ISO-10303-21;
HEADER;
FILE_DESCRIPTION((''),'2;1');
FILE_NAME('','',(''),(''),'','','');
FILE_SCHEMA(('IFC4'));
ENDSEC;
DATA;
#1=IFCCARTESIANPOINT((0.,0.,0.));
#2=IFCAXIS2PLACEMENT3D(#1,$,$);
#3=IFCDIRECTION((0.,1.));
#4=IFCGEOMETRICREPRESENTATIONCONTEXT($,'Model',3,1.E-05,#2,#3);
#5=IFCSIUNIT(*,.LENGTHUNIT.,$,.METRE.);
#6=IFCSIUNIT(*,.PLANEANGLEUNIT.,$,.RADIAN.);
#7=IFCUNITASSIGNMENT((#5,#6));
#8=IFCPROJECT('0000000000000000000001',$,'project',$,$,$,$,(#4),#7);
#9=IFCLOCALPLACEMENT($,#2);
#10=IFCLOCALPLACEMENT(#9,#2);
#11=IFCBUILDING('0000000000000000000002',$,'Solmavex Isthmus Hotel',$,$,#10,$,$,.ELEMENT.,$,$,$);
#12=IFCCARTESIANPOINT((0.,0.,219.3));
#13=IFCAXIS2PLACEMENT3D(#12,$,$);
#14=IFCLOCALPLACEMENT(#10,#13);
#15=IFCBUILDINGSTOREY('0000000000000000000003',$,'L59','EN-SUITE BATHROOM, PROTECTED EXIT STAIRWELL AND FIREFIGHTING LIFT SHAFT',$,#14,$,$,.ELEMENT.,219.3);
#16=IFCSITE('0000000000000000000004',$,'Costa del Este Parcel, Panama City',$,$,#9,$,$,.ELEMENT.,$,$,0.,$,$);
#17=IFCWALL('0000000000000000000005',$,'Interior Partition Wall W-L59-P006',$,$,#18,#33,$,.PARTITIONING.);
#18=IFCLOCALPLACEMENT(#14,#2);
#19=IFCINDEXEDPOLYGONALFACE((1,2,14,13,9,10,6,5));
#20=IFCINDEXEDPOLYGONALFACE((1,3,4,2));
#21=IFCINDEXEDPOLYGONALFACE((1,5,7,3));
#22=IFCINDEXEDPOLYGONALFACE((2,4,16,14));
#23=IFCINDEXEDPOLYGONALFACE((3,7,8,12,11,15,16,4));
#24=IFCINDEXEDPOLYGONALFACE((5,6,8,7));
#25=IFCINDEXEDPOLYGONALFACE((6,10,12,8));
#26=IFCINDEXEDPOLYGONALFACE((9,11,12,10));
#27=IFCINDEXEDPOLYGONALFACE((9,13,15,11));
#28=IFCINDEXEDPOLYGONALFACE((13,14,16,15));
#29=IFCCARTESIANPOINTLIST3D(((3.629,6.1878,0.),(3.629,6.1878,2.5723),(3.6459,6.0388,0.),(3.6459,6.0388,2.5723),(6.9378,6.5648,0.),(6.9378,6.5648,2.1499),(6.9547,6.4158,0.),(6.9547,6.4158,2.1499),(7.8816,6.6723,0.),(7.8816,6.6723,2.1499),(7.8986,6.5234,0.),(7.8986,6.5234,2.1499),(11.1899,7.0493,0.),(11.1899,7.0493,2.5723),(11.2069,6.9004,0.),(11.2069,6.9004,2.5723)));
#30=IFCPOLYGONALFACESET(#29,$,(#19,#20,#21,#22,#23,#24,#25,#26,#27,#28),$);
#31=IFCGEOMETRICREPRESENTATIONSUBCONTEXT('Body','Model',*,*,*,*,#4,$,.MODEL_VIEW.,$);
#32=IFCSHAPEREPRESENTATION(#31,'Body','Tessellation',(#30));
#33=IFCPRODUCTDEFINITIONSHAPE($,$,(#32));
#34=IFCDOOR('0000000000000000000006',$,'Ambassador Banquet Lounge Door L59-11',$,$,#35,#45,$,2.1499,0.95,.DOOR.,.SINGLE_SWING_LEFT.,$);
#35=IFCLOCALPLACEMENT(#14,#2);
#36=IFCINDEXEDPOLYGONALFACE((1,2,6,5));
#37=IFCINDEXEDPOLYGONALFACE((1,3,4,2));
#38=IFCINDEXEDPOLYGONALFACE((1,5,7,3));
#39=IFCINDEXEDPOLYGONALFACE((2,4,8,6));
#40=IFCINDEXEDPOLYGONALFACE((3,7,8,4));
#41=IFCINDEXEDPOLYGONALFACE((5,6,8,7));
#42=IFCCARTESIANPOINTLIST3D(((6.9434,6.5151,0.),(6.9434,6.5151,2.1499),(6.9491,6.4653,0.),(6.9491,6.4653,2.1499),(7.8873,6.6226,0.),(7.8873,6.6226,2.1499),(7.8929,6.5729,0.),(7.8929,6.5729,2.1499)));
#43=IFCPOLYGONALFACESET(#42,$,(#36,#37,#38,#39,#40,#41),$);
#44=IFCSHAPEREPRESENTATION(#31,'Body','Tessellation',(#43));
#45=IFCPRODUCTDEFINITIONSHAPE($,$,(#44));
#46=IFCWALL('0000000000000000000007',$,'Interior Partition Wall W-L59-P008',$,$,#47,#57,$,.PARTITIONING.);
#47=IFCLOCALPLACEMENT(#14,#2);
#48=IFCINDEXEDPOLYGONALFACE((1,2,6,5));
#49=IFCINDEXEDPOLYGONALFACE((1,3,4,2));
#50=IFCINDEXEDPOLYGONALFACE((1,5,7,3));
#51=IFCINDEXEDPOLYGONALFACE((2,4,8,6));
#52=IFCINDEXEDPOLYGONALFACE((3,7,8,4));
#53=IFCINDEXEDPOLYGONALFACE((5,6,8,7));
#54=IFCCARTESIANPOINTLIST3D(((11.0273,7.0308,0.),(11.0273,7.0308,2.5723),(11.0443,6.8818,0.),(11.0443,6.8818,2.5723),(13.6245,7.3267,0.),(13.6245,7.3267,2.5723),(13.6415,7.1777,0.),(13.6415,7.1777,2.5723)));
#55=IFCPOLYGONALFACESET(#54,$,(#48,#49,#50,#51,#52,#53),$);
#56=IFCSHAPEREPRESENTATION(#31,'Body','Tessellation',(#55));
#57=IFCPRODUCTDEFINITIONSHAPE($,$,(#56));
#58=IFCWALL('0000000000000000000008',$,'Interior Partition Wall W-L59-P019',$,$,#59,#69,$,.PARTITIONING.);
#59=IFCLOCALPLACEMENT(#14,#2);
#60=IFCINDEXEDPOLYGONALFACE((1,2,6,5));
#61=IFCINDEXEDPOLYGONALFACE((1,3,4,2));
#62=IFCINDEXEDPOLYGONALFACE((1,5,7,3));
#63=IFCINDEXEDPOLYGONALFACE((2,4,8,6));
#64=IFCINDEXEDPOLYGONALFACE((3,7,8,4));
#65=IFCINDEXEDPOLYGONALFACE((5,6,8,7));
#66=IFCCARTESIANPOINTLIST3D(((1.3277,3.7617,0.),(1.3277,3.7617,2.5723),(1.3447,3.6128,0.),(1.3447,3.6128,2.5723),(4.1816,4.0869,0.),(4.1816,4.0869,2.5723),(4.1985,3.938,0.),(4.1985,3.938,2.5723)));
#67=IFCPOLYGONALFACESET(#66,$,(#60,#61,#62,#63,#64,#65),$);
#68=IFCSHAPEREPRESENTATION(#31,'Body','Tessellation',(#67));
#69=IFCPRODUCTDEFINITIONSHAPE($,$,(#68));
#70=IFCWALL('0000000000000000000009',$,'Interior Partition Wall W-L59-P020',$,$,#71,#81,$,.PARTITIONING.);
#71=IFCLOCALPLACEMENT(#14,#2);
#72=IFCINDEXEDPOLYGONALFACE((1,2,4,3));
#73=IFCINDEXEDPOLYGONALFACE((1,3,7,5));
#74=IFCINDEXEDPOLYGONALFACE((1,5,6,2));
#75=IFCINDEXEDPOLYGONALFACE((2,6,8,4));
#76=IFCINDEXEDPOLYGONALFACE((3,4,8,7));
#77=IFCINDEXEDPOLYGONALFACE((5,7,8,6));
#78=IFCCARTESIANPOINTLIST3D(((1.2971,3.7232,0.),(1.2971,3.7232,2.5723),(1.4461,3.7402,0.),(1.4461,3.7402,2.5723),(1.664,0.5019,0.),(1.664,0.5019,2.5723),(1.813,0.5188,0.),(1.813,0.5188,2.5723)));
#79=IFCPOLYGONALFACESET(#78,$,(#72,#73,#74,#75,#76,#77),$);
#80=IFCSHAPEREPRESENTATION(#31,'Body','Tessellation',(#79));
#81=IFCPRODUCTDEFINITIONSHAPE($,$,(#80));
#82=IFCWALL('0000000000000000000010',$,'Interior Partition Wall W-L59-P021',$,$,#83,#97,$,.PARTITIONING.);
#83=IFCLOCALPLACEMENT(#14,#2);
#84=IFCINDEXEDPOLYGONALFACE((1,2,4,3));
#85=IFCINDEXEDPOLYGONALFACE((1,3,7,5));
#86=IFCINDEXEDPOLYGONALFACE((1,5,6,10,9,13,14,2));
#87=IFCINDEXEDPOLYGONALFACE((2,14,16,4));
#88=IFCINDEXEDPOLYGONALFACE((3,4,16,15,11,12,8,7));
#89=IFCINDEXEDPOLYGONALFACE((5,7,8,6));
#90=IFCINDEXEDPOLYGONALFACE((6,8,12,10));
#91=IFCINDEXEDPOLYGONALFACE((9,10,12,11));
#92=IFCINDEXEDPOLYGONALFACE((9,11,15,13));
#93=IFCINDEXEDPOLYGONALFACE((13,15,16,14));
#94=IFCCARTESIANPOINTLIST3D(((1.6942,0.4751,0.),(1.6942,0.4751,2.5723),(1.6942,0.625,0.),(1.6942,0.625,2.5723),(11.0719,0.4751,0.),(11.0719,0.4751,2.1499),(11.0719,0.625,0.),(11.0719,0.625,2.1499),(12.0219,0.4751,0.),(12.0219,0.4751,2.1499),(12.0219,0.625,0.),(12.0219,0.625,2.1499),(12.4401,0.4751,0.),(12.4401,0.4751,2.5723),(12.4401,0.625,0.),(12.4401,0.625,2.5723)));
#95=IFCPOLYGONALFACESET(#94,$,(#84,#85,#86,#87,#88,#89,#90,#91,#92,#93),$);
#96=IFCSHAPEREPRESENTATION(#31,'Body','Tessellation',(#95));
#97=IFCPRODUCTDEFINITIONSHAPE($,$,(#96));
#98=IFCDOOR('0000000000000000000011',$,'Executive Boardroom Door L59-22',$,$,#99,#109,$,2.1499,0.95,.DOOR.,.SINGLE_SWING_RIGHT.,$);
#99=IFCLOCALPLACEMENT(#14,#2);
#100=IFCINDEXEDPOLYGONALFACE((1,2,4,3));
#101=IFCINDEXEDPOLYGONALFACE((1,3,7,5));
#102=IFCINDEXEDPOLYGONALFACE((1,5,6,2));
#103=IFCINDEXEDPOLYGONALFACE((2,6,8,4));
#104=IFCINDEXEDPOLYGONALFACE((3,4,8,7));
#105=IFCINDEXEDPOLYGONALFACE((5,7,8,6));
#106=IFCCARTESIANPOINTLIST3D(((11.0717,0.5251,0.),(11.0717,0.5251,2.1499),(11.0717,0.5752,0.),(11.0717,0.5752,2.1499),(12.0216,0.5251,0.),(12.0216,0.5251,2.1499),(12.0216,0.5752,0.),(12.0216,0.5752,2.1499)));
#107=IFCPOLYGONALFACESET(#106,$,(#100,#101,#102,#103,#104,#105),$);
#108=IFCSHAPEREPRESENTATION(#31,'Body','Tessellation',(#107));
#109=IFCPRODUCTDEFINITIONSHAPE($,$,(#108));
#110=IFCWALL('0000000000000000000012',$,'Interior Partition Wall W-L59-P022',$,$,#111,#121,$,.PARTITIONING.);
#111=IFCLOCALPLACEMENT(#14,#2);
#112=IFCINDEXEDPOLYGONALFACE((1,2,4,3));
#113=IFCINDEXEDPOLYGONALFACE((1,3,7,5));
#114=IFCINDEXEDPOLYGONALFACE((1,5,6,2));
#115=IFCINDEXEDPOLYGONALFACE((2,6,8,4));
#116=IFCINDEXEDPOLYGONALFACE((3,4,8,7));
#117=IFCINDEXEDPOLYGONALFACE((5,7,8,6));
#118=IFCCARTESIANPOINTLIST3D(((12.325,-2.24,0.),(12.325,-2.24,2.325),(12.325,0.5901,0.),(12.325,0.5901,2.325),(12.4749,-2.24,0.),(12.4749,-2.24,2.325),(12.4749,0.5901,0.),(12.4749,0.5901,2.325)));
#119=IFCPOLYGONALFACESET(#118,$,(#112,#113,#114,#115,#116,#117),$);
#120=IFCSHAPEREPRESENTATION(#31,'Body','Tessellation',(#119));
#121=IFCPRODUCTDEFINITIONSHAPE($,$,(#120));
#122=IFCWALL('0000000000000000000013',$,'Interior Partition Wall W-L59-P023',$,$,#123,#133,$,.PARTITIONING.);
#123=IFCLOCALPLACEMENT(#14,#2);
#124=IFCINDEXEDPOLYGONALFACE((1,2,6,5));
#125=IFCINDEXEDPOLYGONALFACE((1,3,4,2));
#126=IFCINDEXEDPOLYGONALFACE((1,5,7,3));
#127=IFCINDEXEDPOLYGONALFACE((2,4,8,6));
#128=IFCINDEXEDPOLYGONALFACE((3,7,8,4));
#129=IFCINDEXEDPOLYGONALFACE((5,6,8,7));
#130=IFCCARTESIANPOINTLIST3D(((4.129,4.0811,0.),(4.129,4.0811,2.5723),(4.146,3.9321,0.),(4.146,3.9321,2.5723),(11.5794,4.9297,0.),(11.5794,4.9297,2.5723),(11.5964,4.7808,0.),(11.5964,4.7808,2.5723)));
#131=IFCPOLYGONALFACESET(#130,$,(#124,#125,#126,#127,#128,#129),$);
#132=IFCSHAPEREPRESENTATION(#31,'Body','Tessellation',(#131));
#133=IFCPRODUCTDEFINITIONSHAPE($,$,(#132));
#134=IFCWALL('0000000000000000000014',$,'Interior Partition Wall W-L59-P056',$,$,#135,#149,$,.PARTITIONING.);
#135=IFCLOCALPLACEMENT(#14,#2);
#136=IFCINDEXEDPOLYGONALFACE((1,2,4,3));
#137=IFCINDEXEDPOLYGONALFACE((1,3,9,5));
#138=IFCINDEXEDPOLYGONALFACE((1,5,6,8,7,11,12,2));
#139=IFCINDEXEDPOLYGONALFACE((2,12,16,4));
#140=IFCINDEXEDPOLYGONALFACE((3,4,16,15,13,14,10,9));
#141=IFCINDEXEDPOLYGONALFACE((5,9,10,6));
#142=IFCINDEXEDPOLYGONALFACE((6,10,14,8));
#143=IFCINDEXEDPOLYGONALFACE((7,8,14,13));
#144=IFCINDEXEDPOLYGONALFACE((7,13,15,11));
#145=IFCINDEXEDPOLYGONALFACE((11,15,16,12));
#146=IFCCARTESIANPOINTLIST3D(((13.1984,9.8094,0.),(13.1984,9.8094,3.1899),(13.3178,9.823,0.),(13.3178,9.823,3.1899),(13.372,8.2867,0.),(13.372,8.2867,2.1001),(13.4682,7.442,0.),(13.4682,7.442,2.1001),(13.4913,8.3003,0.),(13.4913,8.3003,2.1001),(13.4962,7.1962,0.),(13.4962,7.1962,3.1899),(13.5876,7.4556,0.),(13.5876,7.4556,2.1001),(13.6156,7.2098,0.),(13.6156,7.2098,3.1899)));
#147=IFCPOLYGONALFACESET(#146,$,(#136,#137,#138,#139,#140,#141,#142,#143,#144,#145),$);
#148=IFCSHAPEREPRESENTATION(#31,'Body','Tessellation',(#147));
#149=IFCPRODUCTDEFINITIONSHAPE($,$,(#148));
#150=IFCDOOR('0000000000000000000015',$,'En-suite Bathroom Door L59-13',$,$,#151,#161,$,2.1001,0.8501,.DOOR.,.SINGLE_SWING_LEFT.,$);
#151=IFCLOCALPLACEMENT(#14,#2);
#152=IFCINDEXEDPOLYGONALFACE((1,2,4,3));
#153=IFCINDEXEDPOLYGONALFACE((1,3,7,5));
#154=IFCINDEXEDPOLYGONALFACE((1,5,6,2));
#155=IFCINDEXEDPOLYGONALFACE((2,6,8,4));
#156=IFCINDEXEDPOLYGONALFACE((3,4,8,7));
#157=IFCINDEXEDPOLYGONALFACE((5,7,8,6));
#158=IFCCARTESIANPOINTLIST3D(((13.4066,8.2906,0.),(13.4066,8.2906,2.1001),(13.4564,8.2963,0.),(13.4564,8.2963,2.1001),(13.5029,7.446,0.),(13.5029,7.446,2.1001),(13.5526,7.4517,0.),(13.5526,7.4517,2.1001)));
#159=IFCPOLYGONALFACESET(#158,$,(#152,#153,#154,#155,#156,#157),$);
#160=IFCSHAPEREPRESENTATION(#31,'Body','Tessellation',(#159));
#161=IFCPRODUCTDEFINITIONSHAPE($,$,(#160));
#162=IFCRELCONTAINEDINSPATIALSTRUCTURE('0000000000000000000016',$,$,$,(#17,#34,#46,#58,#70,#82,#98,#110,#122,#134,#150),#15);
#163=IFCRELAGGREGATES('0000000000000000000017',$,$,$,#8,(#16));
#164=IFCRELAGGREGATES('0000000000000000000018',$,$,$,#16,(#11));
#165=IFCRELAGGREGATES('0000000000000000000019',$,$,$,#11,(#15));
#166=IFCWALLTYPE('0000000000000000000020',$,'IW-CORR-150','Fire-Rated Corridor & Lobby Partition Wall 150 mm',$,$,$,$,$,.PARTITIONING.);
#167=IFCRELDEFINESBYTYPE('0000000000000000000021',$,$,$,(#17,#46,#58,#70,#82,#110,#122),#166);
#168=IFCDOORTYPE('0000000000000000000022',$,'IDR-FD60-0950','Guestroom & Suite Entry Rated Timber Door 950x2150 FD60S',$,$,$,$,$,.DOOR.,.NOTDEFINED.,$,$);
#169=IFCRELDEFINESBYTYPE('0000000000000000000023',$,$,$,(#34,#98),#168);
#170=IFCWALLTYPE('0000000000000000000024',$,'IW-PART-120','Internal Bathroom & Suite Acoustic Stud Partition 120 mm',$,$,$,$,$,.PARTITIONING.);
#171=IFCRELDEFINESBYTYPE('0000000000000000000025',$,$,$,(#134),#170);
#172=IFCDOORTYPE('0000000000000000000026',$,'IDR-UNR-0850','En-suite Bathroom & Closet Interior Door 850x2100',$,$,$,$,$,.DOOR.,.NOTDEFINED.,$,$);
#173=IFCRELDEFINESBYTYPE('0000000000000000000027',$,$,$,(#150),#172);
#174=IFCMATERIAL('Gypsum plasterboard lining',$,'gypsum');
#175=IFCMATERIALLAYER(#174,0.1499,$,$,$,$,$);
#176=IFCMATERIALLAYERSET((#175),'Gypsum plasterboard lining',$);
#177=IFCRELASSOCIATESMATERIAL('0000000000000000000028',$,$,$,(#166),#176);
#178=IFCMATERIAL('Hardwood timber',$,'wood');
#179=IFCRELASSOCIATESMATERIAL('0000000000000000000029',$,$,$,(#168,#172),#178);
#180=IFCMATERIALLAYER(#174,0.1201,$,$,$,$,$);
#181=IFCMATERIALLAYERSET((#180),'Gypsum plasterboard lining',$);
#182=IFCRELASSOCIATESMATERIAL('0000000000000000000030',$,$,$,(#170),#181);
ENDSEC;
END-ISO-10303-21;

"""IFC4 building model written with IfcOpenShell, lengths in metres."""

from ifc_helpers import new_model, si_unit, direction, frame, frame_2d, origin, place, context, subcontext, project, spatial, rectangle, extrude, material, layer, layer_set, type_object, element, fill, save


model = new_model("IFC4")

# Units and contexts
model_context = context("Model", 3, precision=1e-05, world=origin(), true_north=direction((0.0, 1.0)))
body_context = subcontext(model_context, "Body", "Model", "MODEL_VIEW")
ifc_project = project(units=[si_unit("LENGTHUNIT", "METRE"), si_unit("PLANEANGLEUNIT", "RADIAN")], contexts=[model_context])

# Site, building, storey
site_placement = place(None, origin())
site = spatial("IfcSite", under=ifc_project, at=site_placement, Name="Costa del Este Parcel, Panama City", CompositionType="ELEMENT", RefElevation=0.0)
building_placement = place(site_placement, origin())
building = spatial("IfcBuilding", under=site, at=building_placement, Name="Solmavex Isthmus Hotel", CompositionType="ELEMENT")
storey_placement = place(building_placement, frame((0.0, 0.0, 219.3)))
storey = spatial("IfcBuildingStorey", under=building, at=storey_placement, Name="L59", Description="EN-SUITE BATHROOM, PROTECTED EXIT STAIRWELL AND FIREFIGHTING LIFT SHAFT", CompositionType="ELEMENT", Elevation=219.3)

# Wall, opening, door
ifc_material_1 = material(Name="Gypsum plasterboard lining", Category="gypsum")
ifc_layer_1 = layer(ifc_material_1, 0.1499)
ifc_layer_set_1 = layer_set([ifc_layer_1], Name="Gypsum plasterboard lining")
wall_type_1 = type_object("IfcWallType", Name="IW-CORR-150", Description="Fire-Rated Corridor & Lobby Partition Wall 150 mm", PredefinedType="PARTITIONING", material=ifc_layer_set_1)
wall_1_placement = place(storey_placement, frame((3.6375, 6.1133, 0.0), z_axis=(0.0, 0.0, 1.0), x_axis=(0.99357, 0.113216, 0.0)))
wall_1 = element("IfcWall", 1, at=wall_1_placement, inside=storey, type_object=wall_type_1, Name="Interior Partition Wall W-L59-P006", PredefinedType="PARTITIONING", context=body_context, shape_type="SweptSolid", body=[
    extrude(rectangle(XDim=7.6099, YDim=0.1499, at=frame_2d((3.8049, 0.0))), origin(), (0.0, 0.0, 1.0), 2.5723),
])
opening_1_placement = place(wall_1_placement, frame((3.3301, 0.0, 0.0)))
opening_1 = element("IfcOpeningElement", 2, at=opening_1_placement, cuts=wall_1, PredefinedType="OPENING", context=body_context, shape_type="SweptSolid", body=[
    extrude(rectangle(XDim=0.95, YDim=2.1499, at=frame_2d((0.4751, 1.075))), frame((0.0, 0.085, 0.0), z_axis=(0.0, -1.0, 0.0), x_axis=(1.0, 0.0, 0.0)), (0.0, 0.0, 1.0), 0.1699),
])
ifc_material_2 = material(Name="Hardwood timber", Category="wood")
door_type_1 = type_object("IfcDoorType", Name="IDR-FD60-0950", Description="Guestroom & Suite Entry Rated Timber Door 950x2150 FD60S", OperationType="NOTDEFINED", PredefinedType="DOOR", material=ifc_material_2)
door_1_placement = place(opening_1_placement, origin())
door_1 = element("IfcDoor", 3, at=door_1_placement, inside=storey, type_object=door_type_1, Name="Ambassador Banquet Lounge Door L59-11", OperationType="SINGLE_SWING_LEFT", OverallHeight=2.1499, OverallWidth=0.95, PredefinedType="DOOR", context=body_context, shape_type="SweptSolid", body=[
    extrude(rectangle(XDim=0.95, YDim=2.1499, at=frame_2d((0.4751, 1.075))), frame((0.0, 0.0249, 0.0), z_axis=(0.0, -1.0, 0.0), x_axis=(1.0, 0.0, 0.0)), (0.0, 0.0, 1.0), 0.05),
])
fill(opening_1, door_1)

# Walls
wall_2_placement = place(storey_placement, frame((11.0356, 6.9563, 0.0), z_axis=(0.0, 0.0, 1.0), x_axis=(0.993572, 0.113199, 0.0)))
element("IfcWall", 4, at=wall_2_placement, inside=storey, type_object=wall_type_1, Name="Interior Partition Wall W-L59-P008", PredefinedType="PARTITIONING", context=body_context, shape_type="SweptSolid", body=[
    extrude(rectangle(XDim=2.614, YDim=0.1499, at=frame_2d((1.3071, 0.0))), origin(), (0.0, 0.0, 1.0), 2.5723),
])
wall_3_placement = place(storey_placement, frame((4.1899, 4.0125, 0.0), z_axis=(0.0, 0.0, 1.0), x_axis=(-0.99357, -0.113221, 0.0)))
element("IfcWall", 5, at=wall_3_placement, inside=storey, type_object=wall_type_1, Name="Interior Partition Wall W-L59-P019", PredefinedType="PARTITIONING", context=body_context, shape_type="SweptSolid", body=[
    extrude(rectangle(XDim=2.8723, YDim=0.1499, at=frame_2d((1.436, 0.0))), origin(), (0.0, 0.0, 1.0), 2.5723),
])
wall_4_placement = place(storey_placement, frame((1.3716, 3.7317, 0.0), z_axis=(0.0, 0.0, 1.0), x_axis=(0.113175, -0.993575, 0.0)))
element("IfcWall", 6, at=wall_4_placement, inside=storey, type_object=wall_type_1, Name="Interior Partition Wall W-L59-P020", PredefinedType="PARTITIONING", context=body_context, shape_type="SweptSolid", body=[
    extrude(rectangle(XDim=3.2422, YDim=0.1499, at=frame_2d((1.6211, 0.0))), origin(), (0.0, 0.0, 1.0), 2.5723),
])

# Wall, opening, door
wall_5_placement = place(storey_placement, frame((1.6941, 0.55, 0.0), z_axis=(0.0, 0.0, 1.0), x_axis=(1.0, 0.0, 0.0)))
wall_5 = element("IfcWall", 7, at=wall_5_placement, inside=storey, type_object=wall_type_1, Name="Interior Partition Wall W-L59-P021", PredefinedType="PARTITIONING", context=body_context, shape_type="SweptSolid", body=[
    extrude(rectangle(XDim=10.7458, YDim=0.1499, at=frame_2d((5.373, 0.0))), origin(), (0.0, 0.0, 1.0), 2.5723),
])
opening_2_placement = place(wall_5_placement, frame((9.3777, 0.0, 0.0)))
opening_2 = element("IfcOpeningElement", 8, at=opening_2_placement, cuts=wall_5, PredefinedType="OPENING", context=body_context, shape_type="SweptSolid", body=[
    extrude(rectangle(XDim=0.95, YDim=2.1499, at=frame_2d((0.4751, 1.075))), frame((0.0, 0.085, 0.0), z_axis=(0.0, -1.0, 0.0), x_axis=(1.0, 0.0, 0.0)), (0.0, 0.0, 1.0), 0.1699),
])
door_2_placement = place(opening_2_placement, frame((0.95, 0.0, 0.0), z_axis=(0.0, 0.0, 1.0), x_axis=(-1.0, 0.0, 0.0)))
door_2 = element("IfcDoor", 9, at=door_2_placement, inside=storey, type_object=door_type_1, Name="Executive Boardroom Door L59-22", OperationType="SINGLE_SWING_RIGHT", OverallHeight=2.1499, OverallWidth=0.95, PredefinedType="DOOR", context=body_context, shape_type="SweptSolid", body=[
    extrude(rectangle(XDim=0.95, YDim=2.1499, at=frame_2d((0.4751, 1.075))), frame((0.0, 0.0249, 0.0), z_axis=(0.0, -1.0, 0.0), x_axis=(1.0, 0.0, 0.0)), (0.0, 0.0, 1.0), 0.05),
])
fill(opening_2, door_2)

# Walls
wall_6_placement = place(storey_placement, frame((12.3999, 0.5901, 0.0), z_axis=(0.0, 0.0, 1.0), x_axis=(0.0, -1.0, 0.0)))
element("IfcWall", 10, at=wall_6_placement, inside=storey, type_object=wall_type_1, Name="Interior Partition Wall W-L59-P022", PredefinedType="PARTITIONING", context=body_context, shape_type="SweptSolid", body=[
    extrude(rectangle(XDim=2.8301, YDim=0.1499, at=frame_2d((1.415, 0.0))), origin(), (0.0, 0.0, 1.0), 2.325),
])
wall_7_placement = place(storey_placement, frame((11.5879, 4.8552, 0.0), z_axis=(0.0, 0.0, 1.0), x_axis=(-0.993575, -0.113172, 0.0)))
element("IfcWall", 11, at=wall_7_placement, inside=storey, type_object=wall_type_1, Name="Interior Partition Wall W-L59-P023", PredefinedType="PARTITIONING", context=body_context, shape_type="SweptSolid", body=[
    extrude(rectangle(XDim=7.4985, YDim=0.1499, at=frame_2d((3.7493, 0.0))), origin(), (0.0, 0.0, 1.0), 2.5723),
])

# Wall, opening, door
ifc_layer_2 = layer(ifc_material_1, 0.1201)
ifc_layer_set_2 = layer_set([ifc_layer_2], Name="Gypsum plasterboard lining")
wall_type_2 = type_object("IfcWallType", Name="IW-PART-120", Description="Internal Bathroom & Suite Acoustic Stud Partition 120 mm", PredefinedType="PARTITIONING", material=ifc_layer_set_2)
wall_8_placement = place(storey_placement, frame((13.5559, 7.2031, 0.0), z_axis=(0.0, 0.0, 1.0), x_axis=(-0.113243, 0.993567, 0.0)))
wall_8 = element("IfcWall", 12, at=wall_8_placement, inside=storey, type_object=wall_type_2, Name="Interior Partition Wall W-L59-P056", PredefinedType="PARTITIONING", context=body_context, shape_type="SweptSolid", body=[
    extrude(rectangle(XDim=2.6301, YDim=0.1201, at=frame_2d((1.3149, 0.0))), origin(), (0.0, 0.0, 1.0), 3.1899),
])
opening_3_placement = place(wall_8_placement, frame((0.2473, 0.0, 0.0)))
opening_3 = element("IfcOpeningElement", 13, at=opening_3_placement, cuts=wall_8, PredefinedType="OPENING", context=body_context, shape_type="SweptSolid", body=[
    extrude(rectangle(XDim=0.8501, YDim=2.1001, at=frame_2d((0.425, 1.05))), frame((0.0, 0.0701, 0.0), z_axis=(0.0, -1.0, 0.0), x_axis=(1.0, 0.0, 0.0)), (0.0, 0.0, 1.0), 0.1401),
])
door_type_2 = type_object("IfcDoorType", Name="IDR-UNR-0850", Description="En-suite Bathroom & Closet Interior Door 850x2100", OperationType="NOTDEFINED", PredefinedType="DOOR", material=ifc_material_2)
door_3_placement = place(opening_3_placement, frame((0.8501, 0.0, 0.0), z_axis=(0.0, 0.0, 1.0), x_axis=(-1.0, 0.0, 0.0)))
door_3 = element("IfcDoor", 14, at=door_3_placement, inside=storey, type_object=door_type_2, Name="En-suite Bathroom Door L59-13", OperationType="SINGLE_SWING_LEFT", OverallHeight=2.1001, OverallWidth=0.8501, PredefinedType="DOOR", context=body_context, shape_type="SweptSolid", body=[
    extrude(rectangle(XDim=0.8501, YDim=2.1001, at=frame_2d((0.425, 1.05))), frame((0.0, 0.0249, 0.0), z_axis=(0.0, -1.0, 0.0), x_axis=(1.0, 0.0, 0.0)), (0.0, 0.0, 1.0), 0.05),
])
fill(opening_3, door_3)

save(model, "model.ifc")
